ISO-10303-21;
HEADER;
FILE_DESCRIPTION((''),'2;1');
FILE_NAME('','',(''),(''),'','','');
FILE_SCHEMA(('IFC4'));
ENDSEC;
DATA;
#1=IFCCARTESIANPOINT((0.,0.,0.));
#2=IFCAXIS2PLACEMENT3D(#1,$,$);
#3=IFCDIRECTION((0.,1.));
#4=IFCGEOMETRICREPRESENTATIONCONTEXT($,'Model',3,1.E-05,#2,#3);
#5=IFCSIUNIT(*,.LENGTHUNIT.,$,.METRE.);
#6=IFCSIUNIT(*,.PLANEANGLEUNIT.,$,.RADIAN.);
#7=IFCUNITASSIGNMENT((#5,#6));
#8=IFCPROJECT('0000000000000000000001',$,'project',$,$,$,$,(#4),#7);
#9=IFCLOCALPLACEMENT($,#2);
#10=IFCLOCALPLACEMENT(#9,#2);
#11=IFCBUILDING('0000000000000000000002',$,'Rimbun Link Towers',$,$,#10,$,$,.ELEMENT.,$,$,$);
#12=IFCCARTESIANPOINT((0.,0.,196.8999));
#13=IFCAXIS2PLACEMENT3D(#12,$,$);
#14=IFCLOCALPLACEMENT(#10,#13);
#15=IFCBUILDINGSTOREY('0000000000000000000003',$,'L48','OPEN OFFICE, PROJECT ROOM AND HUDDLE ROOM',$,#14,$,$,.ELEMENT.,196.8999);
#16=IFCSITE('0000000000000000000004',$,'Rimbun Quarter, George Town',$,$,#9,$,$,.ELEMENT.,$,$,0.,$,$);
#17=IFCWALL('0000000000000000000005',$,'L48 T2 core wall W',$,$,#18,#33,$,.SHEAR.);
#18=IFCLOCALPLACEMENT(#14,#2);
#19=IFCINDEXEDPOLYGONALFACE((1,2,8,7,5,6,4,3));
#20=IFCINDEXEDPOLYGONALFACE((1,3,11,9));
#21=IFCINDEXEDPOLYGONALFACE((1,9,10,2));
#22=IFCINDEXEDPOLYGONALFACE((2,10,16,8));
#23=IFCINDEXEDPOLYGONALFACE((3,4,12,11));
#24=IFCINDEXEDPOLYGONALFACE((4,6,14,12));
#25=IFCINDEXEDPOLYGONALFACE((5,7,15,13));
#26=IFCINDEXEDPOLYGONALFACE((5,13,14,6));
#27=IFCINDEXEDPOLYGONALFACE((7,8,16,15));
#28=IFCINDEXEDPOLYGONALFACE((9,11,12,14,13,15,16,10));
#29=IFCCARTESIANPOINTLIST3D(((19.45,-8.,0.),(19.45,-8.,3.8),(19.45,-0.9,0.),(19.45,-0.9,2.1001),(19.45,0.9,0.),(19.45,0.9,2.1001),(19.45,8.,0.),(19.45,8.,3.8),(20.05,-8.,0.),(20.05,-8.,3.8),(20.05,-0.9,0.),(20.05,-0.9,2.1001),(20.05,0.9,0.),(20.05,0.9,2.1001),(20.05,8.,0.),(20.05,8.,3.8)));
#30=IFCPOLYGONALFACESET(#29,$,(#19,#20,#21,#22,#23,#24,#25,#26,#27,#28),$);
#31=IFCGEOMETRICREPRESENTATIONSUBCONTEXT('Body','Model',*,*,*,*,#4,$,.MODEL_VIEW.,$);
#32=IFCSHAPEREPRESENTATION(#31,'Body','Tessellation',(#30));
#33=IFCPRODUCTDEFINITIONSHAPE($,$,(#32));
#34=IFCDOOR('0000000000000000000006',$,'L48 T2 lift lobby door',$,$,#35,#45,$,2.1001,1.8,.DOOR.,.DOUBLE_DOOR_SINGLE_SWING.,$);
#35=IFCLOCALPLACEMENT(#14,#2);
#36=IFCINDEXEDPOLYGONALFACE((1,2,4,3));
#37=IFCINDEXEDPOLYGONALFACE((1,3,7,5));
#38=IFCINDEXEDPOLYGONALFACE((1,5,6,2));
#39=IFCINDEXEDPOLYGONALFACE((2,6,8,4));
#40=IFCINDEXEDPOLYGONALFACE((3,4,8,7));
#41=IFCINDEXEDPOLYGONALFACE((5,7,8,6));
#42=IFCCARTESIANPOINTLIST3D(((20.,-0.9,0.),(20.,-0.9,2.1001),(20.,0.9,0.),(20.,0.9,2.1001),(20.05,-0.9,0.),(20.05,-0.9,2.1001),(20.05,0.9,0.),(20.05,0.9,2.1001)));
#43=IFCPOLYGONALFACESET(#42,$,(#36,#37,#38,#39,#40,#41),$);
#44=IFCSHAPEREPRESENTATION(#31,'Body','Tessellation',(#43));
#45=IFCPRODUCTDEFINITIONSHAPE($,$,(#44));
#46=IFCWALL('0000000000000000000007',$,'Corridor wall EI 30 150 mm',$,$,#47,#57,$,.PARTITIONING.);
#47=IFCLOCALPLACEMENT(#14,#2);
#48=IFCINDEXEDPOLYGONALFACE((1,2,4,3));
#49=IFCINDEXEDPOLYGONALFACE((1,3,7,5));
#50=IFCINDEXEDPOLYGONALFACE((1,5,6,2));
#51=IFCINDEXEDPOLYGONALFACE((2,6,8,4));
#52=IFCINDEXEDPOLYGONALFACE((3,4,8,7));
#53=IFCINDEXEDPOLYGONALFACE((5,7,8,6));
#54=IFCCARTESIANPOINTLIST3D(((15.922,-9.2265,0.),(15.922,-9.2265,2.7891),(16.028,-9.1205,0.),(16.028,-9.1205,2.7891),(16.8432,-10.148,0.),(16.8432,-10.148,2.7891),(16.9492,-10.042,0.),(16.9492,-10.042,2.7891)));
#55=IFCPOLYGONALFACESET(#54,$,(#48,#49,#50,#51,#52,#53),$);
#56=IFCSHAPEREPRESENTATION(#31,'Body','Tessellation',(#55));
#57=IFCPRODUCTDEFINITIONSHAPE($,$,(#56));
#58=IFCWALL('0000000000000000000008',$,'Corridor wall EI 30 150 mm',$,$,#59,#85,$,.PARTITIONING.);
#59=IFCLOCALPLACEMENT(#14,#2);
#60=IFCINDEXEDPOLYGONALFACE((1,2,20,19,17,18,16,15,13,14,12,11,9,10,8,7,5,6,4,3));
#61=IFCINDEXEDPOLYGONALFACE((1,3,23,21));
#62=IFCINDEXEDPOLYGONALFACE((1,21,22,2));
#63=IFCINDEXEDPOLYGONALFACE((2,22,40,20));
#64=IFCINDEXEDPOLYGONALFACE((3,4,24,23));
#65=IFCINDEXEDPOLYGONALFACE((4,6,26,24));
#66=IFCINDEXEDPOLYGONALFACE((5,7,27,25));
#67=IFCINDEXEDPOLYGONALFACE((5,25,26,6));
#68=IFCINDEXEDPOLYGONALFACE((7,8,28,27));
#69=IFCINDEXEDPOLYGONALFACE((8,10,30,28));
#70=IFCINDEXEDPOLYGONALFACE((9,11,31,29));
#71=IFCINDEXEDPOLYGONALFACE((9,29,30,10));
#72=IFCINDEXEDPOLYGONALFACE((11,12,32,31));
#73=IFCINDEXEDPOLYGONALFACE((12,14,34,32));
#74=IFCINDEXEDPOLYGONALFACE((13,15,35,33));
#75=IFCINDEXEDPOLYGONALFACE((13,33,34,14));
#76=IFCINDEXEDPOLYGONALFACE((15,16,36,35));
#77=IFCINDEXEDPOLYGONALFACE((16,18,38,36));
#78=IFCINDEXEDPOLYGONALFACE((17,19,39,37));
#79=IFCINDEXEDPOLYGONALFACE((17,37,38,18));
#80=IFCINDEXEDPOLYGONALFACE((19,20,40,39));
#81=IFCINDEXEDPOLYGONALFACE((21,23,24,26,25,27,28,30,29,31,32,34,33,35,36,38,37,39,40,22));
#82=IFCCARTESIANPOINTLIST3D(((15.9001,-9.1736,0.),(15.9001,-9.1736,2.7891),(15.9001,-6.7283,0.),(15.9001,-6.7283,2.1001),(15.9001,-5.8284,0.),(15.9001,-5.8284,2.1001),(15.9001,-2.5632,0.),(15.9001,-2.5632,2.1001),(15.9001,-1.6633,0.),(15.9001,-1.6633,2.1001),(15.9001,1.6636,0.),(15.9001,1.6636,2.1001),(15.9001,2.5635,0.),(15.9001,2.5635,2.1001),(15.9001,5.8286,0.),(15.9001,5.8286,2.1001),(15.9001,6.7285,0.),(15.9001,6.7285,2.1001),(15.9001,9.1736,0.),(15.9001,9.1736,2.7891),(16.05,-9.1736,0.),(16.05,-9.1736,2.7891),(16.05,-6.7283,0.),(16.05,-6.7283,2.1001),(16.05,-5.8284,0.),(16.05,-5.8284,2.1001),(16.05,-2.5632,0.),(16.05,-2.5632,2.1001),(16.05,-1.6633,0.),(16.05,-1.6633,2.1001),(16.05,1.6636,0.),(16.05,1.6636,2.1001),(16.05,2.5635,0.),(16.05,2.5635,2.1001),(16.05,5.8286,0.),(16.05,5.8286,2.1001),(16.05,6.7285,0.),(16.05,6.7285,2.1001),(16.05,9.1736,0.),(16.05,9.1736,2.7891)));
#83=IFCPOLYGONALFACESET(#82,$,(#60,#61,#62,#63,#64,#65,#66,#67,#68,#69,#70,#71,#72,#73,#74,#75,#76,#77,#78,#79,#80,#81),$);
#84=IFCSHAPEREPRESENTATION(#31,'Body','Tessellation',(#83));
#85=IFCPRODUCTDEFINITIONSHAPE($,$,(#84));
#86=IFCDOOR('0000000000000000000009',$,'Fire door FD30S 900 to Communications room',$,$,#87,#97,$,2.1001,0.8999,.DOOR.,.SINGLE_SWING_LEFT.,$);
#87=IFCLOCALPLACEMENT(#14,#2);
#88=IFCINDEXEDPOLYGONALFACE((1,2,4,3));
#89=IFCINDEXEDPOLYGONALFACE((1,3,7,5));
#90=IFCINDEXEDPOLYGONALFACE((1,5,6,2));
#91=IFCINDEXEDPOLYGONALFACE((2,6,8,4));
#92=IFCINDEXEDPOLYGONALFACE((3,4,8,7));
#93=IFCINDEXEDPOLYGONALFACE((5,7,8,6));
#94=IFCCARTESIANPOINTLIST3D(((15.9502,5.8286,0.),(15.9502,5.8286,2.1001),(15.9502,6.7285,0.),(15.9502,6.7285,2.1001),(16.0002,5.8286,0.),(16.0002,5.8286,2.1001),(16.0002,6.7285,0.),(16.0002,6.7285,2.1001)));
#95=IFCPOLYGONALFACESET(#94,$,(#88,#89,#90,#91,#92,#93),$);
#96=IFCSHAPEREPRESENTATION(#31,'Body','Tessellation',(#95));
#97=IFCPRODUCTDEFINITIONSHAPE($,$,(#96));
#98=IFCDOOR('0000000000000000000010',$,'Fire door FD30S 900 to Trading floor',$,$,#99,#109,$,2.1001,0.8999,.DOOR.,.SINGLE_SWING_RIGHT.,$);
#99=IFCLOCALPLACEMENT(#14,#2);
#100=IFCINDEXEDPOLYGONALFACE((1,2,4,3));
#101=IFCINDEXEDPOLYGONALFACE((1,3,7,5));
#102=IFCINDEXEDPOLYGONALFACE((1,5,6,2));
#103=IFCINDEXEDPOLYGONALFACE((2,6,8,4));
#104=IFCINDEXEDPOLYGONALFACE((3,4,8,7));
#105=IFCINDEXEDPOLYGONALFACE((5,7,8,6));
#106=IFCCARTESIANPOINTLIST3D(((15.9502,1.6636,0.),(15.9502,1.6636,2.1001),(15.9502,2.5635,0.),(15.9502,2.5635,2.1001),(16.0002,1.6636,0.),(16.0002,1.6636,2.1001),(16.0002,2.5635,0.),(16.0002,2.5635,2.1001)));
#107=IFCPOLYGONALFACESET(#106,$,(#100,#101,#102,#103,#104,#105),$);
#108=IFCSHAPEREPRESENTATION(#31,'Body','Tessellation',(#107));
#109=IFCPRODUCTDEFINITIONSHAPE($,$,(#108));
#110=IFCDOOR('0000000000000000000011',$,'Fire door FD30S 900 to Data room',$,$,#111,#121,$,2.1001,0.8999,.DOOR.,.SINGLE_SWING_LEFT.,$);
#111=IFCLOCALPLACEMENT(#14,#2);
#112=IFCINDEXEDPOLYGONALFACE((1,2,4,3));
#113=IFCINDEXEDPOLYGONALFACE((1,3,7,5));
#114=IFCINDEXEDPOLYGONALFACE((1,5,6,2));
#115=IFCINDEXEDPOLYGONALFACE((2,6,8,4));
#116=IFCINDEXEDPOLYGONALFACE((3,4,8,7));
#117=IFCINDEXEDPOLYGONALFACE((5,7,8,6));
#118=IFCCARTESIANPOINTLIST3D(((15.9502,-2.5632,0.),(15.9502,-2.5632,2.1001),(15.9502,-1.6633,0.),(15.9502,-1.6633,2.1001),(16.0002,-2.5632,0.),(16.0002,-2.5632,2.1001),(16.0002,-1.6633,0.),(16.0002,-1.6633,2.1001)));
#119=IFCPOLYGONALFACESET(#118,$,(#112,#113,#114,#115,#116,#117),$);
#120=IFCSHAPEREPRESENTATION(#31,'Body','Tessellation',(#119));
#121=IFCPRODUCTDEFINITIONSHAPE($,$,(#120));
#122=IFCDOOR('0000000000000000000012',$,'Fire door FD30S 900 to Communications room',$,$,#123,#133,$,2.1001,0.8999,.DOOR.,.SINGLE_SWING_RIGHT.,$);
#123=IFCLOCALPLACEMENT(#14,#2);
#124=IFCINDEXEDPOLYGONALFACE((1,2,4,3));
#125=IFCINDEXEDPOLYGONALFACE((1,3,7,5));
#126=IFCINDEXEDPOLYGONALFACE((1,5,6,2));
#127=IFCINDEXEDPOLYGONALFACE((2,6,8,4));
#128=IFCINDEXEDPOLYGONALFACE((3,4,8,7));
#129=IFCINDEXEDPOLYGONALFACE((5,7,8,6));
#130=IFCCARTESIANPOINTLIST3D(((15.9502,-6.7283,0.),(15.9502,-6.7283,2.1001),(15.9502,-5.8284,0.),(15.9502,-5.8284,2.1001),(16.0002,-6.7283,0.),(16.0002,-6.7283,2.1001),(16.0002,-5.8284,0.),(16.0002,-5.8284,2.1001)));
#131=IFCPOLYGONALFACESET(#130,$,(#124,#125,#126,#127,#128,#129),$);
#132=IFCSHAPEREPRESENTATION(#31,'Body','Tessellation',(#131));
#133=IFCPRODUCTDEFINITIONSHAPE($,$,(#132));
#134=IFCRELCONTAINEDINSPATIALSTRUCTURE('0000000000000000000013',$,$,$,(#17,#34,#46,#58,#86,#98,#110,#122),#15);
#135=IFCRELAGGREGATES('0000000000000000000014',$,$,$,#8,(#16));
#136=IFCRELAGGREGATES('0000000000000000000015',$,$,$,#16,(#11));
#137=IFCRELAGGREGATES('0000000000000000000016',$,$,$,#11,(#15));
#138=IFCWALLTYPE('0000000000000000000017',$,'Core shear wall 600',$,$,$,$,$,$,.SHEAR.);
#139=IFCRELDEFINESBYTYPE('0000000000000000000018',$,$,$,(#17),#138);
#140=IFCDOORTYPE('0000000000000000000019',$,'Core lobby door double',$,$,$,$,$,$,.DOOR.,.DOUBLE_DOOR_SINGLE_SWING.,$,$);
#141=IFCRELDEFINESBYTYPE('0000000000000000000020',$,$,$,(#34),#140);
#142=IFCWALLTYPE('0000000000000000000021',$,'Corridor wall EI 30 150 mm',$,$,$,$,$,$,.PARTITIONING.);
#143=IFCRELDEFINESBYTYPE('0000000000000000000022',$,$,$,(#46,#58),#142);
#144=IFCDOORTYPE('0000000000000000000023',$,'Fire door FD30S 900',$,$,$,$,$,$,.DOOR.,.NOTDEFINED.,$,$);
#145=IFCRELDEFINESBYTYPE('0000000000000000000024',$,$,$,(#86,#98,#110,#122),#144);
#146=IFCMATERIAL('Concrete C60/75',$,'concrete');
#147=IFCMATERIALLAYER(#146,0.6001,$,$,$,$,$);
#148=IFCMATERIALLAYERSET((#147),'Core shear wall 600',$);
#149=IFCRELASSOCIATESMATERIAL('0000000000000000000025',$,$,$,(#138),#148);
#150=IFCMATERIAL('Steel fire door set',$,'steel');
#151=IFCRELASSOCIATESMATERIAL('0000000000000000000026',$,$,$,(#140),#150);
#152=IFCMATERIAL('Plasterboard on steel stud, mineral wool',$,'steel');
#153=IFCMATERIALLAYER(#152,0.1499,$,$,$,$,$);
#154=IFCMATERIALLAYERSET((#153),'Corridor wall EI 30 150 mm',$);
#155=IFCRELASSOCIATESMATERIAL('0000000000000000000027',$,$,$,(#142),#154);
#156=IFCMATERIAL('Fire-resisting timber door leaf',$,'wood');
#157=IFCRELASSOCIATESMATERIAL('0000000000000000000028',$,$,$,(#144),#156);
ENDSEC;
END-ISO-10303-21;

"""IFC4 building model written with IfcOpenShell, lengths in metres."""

from ifc_helpers import new_model, si_unit, direction, frame, frame_2d, origin, place, context, subcontext, project, spatial, rectangle, extrude, material, layer, layer_set, type_object, element, fill, save


model = new_model("IFC4")

# Units and contexts
model_context = context("Model", 3, precision=1e-05, world=origin(), true_north=direction((0.0, 1.0)))
body_context = subcontext(model_context, "Body", "Model", "MODEL_VIEW")
ifc_project = project(units=[si_unit("LENGTHUNIT", "METRE"), si_unit("PLANEANGLEUNIT", "RADIAN")], contexts=[model_context])

# Site, building, storey
site_placement = place(None, origin())
site = spatial("IfcSite", under=ifc_project, at=site_placement, Name="Rimbun Quarter, George Town", CompositionType="ELEMENT", RefElevation=0.0)
building_placement = place(site_placement, origin())
building = spatial("IfcBuilding", under=site, at=building_placement, Name="Rimbun Link Towers", CompositionType="ELEMENT")
storey_placement = place(building_placement, frame((0.0, 0.0, 196.8999)))
storey = spatial("IfcBuildingStorey", under=building, at=storey_placement, Name="L48", Description="OPEN OFFICE, PROJECT ROOM AND HUDDLE ROOM", CompositionType="ELEMENT", Elevation=196.8999)

# Shared definitions
ifc_material_1 = material(Name="Concrete C60/75", Category="concrete")
ifc_layer_1 = layer(ifc_material_1, 0.6001)
ifc_layer_set_1 = layer_set([ifc_layer_1], Name="Core shear wall 600")
wall_type_1 = type_object("IfcWallType", Name="Core shear wall 600", PredefinedType="SHEAR", material=ifc_layer_set_1)

# Wall, opening, door
wall_1_placement = place(storey_placement, frame((19.75, -8.0, 0.0), z_axis=(0.0, 0.0, 1.0), x_axis=(0.0, 1.0, 0.0)))
wall_1 = element("IfcWall", 1, at=wall_1_placement, inside=storey, type_object=wall_type_1, Name="L48 T2 core wall W", PredefinedType="SHEAR", context=body_context, shape_type="SweptSolid", body=[
    extrude(rectangle(XDim=16.0, YDim=0.6001, at=frame_2d((8.0, 0.0))), origin(), (0.0, 0.0, 1.0), 3.8),
])
opening_1_placement = place(wall_1_placement, frame((7.1001, 0.0, 0.0)))
opening_1 = element("IfcOpeningElement", 2, at=opening_1_placement, cuts=wall_1, PredefinedType="OPENING", context=body_context, shape_type="SweptSolid", body=[
    extrude(rectangle(XDim=1.8, YDim=2.1001, at=frame_2d((0.8999, 1.05))), frame((0.0, 0.3101, 0.0), z_axis=(0.0, -1.0, 0.0), x_axis=(1.0, 0.0, 0.0)), (0.0, 0.0, 1.0), 0.6201),
])
ifc_material_2 = material(Name="Steel fire door set", Category="steel")
door_type_1 = type_object("IfcDoorType", Name="Core lobby door double", OperationType="DOUBLE_DOOR_SINGLE_SWING", PredefinedType="DOOR", material=ifc_material_2)
door_1_placement = place(opening_1_placement, origin())
door_1 = element("IfcDoor", 3, at=door_1_placement, inside=storey, type_object=door_type_1, Name="L48 T2 lift lobby door", OperationType="DOUBLE_DOOR_SINGLE_SWING", OverallHeight=2.1001, OverallWidth=1.8, PredefinedType="DOOR", context=body_context, shape_type="SweptSolid", body=[
    extrude(rectangle(XDim=1.8, YDim=2.1001, at=frame_2d((0.8999, 1.05))), frame((0.0, -0.25, 0.0), z_axis=(0.0, -1.0, 0.0), x_axis=(1.0, 0.0, 0.0)), (0.0, 0.0, 1.0), 0.05),
])
fill(opening_1, door_1)

# Wall
ifc_material_3 = material(Name="Plasterboard on steel stud, mineral wool", Category="steel")
ifc_layer_2 = layer(ifc_material_3, 0.1499)
ifc_layer_set_2 = layer_set([ifc_layer_2], Name="Corridor wall EI 30 150 mm")
wall_type_2 = type_object("IfcWallType", Name="Corridor wall EI 30 150 mm", PredefinedType="PARTITIONING", material=ifc_layer_set_2)
wall_2_placement = place(storey_placement, frame((15.9751, -9.1736, 0.0), z_axis=(0.0, 0.0, 1.0), x_axis=(0.707013, -0.7072, 0.0)))
element("IfcWall", 4, at=wall_2_placement, inside=storey, type_object=wall_type_2, Name="Corridor wall EI 30 150 mm", PredefinedType="PARTITIONING", context=body_context, shape_type="SweptSolid", body=[
    extrude(rectangle(XDim=1.303, YDim=0.1499, at=frame_2d((0.6514, 0.0))), origin(), (0.0, 0.0, 1.0), 2.7891),
])

# Wall, openings, doors
wall_3_placement = place(storey_placement, frame((15.9751, -9.1736, 0.0), z_axis=(0.0, 0.0, 1.0), x_axis=(0.0, 1.0, 0.0)))
wall_3 = element("IfcWall", 5, at=wall_3_placement, inside=storey, type_object=wall_type_2, Name="Corridor wall EI 30 150 mm", PredefinedType="PARTITIONING", context=body_context, shape_type="SweptSolid", body=[
    extrude(rectangle(XDim=18.3472, YDim=0.1499, at=frame_2d((9.1736, 0.0))), origin(), (0.0, 0.0, 1.0), 2.7891),
])
opening_2_placement = place(wall_3_placement, frame((15.0022, 0.0, 0.0)))
opening_2 = element("IfcOpeningElement", 6, at=opening_2_placement, cuts=wall_3, PredefinedType="OPENING", context=body_context, shape_type="SweptSolid", body=[
    extrude(rectangle(XDim=0.8999, YDim=2.1001, at=frame_2d((0.45, 1.05))), frame((0.0, 0.085, 0.0), z_axis=(0.0, -1.0, 0.0), x_axis=(1.0, 0.0, 0.0)), (0.0, 0.0, 1.0), 0.1699),
])
opening_3_placement = place(wall_3_placement, frame((10.8372, 0.0, 0.0)))
opening_3 = element("IfcOpeningElement", 7, at=opening_3_placement, cuts=wall_3, PredefinedType="OPENING", context=body_context, shape_type="SweptSolid", body=[
    extrude(rectangle(XDim=0.8999, YDim=2.1001, at=frame_2d((0.45, 1.05))), frame((0.0, 0.085, 0.0), z_axis=(0.0, -1.0, 0.0), x_axis=(1.0, 0.0, 0.0)), (0.0, 0.0, 1.0), 0.1699),
])
opening_4_placement = place(wall_3_placement, frame((6.6104, 0.0, 0.0)))
opening_4 = element("IfcOpeningElement", 8, at=opening_4_placement, cuts=wall_3, PredefinedType="OPENING", context=body_context, shape_type="SweptSolid", body=[
    extrude(rectangle(XDim=0.8999, YDim=2.1001, at=frame_2d((0.45, 1.05))), frame((0.0, 0.085, 0.0), z_axis=(0.0, -1.0, 0.0), x_axis=(1.0, 0.0, 0.0)), (0.0, 0.0, 1.0), 0.1699),
])
opening_5_placement = place(wall_3_placement, frame((2.4453, 0.0, 0.0)))
opening_5 = element("IfcOpeningElement", 9, at=opening_5_placement, cuts=wall_3, PredefinedType="OPENING", context=body_context, shape_type="SweptSolid", body=[
    extrude(rectangle(XDim=0.8999, YDim=2.1001, at=frame_2d((0.45, 1.05))), frame((0.0, 0.085, 0.0), z_axis=(0.0, -1.0, 0.0), x_axis=(1.0, 0.0, 0.0)), (0.0, 0.0, 1.0), 0.1699),
])
ifc_material_4 = material(Name="Fire-resisting timber door leaf", Category="wood")
door_type_2 = type_object("IfcDoorType", Name="Fire door FD30S 900", OperationType="NOTDEFINED", PredefinedType="DOOR", material=ifc_material_4)
door_2_placement = place(opening_2_placement, origin())
door_2 = element("IfcDoor", 10, at=door_2_placement, inside=storey, type_object=door_type_2, Name="Fire door FD30S 900 to Communications room", OperationType="SINGLE_SWING_LEFT", OverallHeight=2.1001, OverallWidth=0.8999, PredefinedType="DOOR", context=body_context, shape_type="SweptSolid", body=[
    extrude(rectangle(XDim=0.8999, YDim=2.1001, at=frame_2d((0.45, 1.05))), frame((0.0, 0.0249, 0.0), z_axis=(0.0, -1.0, 0.0), x_axis=(1.0, 0.0, 0.0)), (0.0, 0.0, 1.0), 0.05),
])
fill(opening_2, door_2)
door_3_placement = place(opening_3_placement, origin())
door_3 = element("IfcDoor", 11, at=door_3_placement, inside=storey, type_object=door_type_2, Name="Fire door FD30S 900 to Trading floor", OperationType="SINGLE_SWING_RIGHT", OverallHeight=2.1001, OverallWidth=0.8999, PredefinedType="DOOR", context=body_context, shape_type="SweptSolid", body=[
    extrude(rectangle(XDim=0.8999, YDim=2.1001, at=frame_2d((0.45, 1.05))), frame((0.0, 0.0249, 0.0), z_axis=(0.0, -1.0, 0.0), x_axis=(1.0, 0.0, 0.0)), (0.0, 0.0, 1.0), 0.05),
])
fill(opening_3, door_3)
door_4_placement = place(opening_4_placement, origin())
door_4 = element("IfcDoor", 12, at=door_4_placement, inside=storey, type_object=door_type_2, Name="Fire door FD30S 900 to Data room", OperationType="SINGLE_SWING_LEFT", OverallHeight=2.1001, OverallWidth=0.8999, PredefinedType="DOOR", context=body_context, shape_type="SweptSolid", body=[
    extrude(rectangle(XDim=0.8999, YDim=2.1001, at=frame_2d((0.45, 1.05))), frame((0.0, 0.0249, 0.0), z_axis=(0.0, -1.0, 0.0), x_axis=(1.0, 0.0, 0.0)), (0.0, 0.0, 1.0), 0.05),
])
fill(opening_4, door_4)
door_5_placement = place(opening_5_placement, origin())
door_5 = element("IfcDoor", 13, at=door_5_placement, inside=storey, type_object=door_type_2, Name="Fire door FD30S 900 to Communications room", OperationType="SINGLE_SWING_RIGHT", OverallHeight=2.1001, OverallWidth=0.8999, PredefinedType="DOOR", context=body_context, shape_type="SweptSolid", body=[
    extrude(rectangle(XDim=0.8999, YDim=2.1001, at=frame_2d((0.45, 1.05))), frame((0.0, 0.0249, 0.0), z_axis=(0.0, -1.0, 0.0), x_axis=(1.0, 0.0, 0.0)), (0.0, 0.0, 1.0), 0.05),
])
fill(opening_5, door_5)

save(model, "model.ifc")
